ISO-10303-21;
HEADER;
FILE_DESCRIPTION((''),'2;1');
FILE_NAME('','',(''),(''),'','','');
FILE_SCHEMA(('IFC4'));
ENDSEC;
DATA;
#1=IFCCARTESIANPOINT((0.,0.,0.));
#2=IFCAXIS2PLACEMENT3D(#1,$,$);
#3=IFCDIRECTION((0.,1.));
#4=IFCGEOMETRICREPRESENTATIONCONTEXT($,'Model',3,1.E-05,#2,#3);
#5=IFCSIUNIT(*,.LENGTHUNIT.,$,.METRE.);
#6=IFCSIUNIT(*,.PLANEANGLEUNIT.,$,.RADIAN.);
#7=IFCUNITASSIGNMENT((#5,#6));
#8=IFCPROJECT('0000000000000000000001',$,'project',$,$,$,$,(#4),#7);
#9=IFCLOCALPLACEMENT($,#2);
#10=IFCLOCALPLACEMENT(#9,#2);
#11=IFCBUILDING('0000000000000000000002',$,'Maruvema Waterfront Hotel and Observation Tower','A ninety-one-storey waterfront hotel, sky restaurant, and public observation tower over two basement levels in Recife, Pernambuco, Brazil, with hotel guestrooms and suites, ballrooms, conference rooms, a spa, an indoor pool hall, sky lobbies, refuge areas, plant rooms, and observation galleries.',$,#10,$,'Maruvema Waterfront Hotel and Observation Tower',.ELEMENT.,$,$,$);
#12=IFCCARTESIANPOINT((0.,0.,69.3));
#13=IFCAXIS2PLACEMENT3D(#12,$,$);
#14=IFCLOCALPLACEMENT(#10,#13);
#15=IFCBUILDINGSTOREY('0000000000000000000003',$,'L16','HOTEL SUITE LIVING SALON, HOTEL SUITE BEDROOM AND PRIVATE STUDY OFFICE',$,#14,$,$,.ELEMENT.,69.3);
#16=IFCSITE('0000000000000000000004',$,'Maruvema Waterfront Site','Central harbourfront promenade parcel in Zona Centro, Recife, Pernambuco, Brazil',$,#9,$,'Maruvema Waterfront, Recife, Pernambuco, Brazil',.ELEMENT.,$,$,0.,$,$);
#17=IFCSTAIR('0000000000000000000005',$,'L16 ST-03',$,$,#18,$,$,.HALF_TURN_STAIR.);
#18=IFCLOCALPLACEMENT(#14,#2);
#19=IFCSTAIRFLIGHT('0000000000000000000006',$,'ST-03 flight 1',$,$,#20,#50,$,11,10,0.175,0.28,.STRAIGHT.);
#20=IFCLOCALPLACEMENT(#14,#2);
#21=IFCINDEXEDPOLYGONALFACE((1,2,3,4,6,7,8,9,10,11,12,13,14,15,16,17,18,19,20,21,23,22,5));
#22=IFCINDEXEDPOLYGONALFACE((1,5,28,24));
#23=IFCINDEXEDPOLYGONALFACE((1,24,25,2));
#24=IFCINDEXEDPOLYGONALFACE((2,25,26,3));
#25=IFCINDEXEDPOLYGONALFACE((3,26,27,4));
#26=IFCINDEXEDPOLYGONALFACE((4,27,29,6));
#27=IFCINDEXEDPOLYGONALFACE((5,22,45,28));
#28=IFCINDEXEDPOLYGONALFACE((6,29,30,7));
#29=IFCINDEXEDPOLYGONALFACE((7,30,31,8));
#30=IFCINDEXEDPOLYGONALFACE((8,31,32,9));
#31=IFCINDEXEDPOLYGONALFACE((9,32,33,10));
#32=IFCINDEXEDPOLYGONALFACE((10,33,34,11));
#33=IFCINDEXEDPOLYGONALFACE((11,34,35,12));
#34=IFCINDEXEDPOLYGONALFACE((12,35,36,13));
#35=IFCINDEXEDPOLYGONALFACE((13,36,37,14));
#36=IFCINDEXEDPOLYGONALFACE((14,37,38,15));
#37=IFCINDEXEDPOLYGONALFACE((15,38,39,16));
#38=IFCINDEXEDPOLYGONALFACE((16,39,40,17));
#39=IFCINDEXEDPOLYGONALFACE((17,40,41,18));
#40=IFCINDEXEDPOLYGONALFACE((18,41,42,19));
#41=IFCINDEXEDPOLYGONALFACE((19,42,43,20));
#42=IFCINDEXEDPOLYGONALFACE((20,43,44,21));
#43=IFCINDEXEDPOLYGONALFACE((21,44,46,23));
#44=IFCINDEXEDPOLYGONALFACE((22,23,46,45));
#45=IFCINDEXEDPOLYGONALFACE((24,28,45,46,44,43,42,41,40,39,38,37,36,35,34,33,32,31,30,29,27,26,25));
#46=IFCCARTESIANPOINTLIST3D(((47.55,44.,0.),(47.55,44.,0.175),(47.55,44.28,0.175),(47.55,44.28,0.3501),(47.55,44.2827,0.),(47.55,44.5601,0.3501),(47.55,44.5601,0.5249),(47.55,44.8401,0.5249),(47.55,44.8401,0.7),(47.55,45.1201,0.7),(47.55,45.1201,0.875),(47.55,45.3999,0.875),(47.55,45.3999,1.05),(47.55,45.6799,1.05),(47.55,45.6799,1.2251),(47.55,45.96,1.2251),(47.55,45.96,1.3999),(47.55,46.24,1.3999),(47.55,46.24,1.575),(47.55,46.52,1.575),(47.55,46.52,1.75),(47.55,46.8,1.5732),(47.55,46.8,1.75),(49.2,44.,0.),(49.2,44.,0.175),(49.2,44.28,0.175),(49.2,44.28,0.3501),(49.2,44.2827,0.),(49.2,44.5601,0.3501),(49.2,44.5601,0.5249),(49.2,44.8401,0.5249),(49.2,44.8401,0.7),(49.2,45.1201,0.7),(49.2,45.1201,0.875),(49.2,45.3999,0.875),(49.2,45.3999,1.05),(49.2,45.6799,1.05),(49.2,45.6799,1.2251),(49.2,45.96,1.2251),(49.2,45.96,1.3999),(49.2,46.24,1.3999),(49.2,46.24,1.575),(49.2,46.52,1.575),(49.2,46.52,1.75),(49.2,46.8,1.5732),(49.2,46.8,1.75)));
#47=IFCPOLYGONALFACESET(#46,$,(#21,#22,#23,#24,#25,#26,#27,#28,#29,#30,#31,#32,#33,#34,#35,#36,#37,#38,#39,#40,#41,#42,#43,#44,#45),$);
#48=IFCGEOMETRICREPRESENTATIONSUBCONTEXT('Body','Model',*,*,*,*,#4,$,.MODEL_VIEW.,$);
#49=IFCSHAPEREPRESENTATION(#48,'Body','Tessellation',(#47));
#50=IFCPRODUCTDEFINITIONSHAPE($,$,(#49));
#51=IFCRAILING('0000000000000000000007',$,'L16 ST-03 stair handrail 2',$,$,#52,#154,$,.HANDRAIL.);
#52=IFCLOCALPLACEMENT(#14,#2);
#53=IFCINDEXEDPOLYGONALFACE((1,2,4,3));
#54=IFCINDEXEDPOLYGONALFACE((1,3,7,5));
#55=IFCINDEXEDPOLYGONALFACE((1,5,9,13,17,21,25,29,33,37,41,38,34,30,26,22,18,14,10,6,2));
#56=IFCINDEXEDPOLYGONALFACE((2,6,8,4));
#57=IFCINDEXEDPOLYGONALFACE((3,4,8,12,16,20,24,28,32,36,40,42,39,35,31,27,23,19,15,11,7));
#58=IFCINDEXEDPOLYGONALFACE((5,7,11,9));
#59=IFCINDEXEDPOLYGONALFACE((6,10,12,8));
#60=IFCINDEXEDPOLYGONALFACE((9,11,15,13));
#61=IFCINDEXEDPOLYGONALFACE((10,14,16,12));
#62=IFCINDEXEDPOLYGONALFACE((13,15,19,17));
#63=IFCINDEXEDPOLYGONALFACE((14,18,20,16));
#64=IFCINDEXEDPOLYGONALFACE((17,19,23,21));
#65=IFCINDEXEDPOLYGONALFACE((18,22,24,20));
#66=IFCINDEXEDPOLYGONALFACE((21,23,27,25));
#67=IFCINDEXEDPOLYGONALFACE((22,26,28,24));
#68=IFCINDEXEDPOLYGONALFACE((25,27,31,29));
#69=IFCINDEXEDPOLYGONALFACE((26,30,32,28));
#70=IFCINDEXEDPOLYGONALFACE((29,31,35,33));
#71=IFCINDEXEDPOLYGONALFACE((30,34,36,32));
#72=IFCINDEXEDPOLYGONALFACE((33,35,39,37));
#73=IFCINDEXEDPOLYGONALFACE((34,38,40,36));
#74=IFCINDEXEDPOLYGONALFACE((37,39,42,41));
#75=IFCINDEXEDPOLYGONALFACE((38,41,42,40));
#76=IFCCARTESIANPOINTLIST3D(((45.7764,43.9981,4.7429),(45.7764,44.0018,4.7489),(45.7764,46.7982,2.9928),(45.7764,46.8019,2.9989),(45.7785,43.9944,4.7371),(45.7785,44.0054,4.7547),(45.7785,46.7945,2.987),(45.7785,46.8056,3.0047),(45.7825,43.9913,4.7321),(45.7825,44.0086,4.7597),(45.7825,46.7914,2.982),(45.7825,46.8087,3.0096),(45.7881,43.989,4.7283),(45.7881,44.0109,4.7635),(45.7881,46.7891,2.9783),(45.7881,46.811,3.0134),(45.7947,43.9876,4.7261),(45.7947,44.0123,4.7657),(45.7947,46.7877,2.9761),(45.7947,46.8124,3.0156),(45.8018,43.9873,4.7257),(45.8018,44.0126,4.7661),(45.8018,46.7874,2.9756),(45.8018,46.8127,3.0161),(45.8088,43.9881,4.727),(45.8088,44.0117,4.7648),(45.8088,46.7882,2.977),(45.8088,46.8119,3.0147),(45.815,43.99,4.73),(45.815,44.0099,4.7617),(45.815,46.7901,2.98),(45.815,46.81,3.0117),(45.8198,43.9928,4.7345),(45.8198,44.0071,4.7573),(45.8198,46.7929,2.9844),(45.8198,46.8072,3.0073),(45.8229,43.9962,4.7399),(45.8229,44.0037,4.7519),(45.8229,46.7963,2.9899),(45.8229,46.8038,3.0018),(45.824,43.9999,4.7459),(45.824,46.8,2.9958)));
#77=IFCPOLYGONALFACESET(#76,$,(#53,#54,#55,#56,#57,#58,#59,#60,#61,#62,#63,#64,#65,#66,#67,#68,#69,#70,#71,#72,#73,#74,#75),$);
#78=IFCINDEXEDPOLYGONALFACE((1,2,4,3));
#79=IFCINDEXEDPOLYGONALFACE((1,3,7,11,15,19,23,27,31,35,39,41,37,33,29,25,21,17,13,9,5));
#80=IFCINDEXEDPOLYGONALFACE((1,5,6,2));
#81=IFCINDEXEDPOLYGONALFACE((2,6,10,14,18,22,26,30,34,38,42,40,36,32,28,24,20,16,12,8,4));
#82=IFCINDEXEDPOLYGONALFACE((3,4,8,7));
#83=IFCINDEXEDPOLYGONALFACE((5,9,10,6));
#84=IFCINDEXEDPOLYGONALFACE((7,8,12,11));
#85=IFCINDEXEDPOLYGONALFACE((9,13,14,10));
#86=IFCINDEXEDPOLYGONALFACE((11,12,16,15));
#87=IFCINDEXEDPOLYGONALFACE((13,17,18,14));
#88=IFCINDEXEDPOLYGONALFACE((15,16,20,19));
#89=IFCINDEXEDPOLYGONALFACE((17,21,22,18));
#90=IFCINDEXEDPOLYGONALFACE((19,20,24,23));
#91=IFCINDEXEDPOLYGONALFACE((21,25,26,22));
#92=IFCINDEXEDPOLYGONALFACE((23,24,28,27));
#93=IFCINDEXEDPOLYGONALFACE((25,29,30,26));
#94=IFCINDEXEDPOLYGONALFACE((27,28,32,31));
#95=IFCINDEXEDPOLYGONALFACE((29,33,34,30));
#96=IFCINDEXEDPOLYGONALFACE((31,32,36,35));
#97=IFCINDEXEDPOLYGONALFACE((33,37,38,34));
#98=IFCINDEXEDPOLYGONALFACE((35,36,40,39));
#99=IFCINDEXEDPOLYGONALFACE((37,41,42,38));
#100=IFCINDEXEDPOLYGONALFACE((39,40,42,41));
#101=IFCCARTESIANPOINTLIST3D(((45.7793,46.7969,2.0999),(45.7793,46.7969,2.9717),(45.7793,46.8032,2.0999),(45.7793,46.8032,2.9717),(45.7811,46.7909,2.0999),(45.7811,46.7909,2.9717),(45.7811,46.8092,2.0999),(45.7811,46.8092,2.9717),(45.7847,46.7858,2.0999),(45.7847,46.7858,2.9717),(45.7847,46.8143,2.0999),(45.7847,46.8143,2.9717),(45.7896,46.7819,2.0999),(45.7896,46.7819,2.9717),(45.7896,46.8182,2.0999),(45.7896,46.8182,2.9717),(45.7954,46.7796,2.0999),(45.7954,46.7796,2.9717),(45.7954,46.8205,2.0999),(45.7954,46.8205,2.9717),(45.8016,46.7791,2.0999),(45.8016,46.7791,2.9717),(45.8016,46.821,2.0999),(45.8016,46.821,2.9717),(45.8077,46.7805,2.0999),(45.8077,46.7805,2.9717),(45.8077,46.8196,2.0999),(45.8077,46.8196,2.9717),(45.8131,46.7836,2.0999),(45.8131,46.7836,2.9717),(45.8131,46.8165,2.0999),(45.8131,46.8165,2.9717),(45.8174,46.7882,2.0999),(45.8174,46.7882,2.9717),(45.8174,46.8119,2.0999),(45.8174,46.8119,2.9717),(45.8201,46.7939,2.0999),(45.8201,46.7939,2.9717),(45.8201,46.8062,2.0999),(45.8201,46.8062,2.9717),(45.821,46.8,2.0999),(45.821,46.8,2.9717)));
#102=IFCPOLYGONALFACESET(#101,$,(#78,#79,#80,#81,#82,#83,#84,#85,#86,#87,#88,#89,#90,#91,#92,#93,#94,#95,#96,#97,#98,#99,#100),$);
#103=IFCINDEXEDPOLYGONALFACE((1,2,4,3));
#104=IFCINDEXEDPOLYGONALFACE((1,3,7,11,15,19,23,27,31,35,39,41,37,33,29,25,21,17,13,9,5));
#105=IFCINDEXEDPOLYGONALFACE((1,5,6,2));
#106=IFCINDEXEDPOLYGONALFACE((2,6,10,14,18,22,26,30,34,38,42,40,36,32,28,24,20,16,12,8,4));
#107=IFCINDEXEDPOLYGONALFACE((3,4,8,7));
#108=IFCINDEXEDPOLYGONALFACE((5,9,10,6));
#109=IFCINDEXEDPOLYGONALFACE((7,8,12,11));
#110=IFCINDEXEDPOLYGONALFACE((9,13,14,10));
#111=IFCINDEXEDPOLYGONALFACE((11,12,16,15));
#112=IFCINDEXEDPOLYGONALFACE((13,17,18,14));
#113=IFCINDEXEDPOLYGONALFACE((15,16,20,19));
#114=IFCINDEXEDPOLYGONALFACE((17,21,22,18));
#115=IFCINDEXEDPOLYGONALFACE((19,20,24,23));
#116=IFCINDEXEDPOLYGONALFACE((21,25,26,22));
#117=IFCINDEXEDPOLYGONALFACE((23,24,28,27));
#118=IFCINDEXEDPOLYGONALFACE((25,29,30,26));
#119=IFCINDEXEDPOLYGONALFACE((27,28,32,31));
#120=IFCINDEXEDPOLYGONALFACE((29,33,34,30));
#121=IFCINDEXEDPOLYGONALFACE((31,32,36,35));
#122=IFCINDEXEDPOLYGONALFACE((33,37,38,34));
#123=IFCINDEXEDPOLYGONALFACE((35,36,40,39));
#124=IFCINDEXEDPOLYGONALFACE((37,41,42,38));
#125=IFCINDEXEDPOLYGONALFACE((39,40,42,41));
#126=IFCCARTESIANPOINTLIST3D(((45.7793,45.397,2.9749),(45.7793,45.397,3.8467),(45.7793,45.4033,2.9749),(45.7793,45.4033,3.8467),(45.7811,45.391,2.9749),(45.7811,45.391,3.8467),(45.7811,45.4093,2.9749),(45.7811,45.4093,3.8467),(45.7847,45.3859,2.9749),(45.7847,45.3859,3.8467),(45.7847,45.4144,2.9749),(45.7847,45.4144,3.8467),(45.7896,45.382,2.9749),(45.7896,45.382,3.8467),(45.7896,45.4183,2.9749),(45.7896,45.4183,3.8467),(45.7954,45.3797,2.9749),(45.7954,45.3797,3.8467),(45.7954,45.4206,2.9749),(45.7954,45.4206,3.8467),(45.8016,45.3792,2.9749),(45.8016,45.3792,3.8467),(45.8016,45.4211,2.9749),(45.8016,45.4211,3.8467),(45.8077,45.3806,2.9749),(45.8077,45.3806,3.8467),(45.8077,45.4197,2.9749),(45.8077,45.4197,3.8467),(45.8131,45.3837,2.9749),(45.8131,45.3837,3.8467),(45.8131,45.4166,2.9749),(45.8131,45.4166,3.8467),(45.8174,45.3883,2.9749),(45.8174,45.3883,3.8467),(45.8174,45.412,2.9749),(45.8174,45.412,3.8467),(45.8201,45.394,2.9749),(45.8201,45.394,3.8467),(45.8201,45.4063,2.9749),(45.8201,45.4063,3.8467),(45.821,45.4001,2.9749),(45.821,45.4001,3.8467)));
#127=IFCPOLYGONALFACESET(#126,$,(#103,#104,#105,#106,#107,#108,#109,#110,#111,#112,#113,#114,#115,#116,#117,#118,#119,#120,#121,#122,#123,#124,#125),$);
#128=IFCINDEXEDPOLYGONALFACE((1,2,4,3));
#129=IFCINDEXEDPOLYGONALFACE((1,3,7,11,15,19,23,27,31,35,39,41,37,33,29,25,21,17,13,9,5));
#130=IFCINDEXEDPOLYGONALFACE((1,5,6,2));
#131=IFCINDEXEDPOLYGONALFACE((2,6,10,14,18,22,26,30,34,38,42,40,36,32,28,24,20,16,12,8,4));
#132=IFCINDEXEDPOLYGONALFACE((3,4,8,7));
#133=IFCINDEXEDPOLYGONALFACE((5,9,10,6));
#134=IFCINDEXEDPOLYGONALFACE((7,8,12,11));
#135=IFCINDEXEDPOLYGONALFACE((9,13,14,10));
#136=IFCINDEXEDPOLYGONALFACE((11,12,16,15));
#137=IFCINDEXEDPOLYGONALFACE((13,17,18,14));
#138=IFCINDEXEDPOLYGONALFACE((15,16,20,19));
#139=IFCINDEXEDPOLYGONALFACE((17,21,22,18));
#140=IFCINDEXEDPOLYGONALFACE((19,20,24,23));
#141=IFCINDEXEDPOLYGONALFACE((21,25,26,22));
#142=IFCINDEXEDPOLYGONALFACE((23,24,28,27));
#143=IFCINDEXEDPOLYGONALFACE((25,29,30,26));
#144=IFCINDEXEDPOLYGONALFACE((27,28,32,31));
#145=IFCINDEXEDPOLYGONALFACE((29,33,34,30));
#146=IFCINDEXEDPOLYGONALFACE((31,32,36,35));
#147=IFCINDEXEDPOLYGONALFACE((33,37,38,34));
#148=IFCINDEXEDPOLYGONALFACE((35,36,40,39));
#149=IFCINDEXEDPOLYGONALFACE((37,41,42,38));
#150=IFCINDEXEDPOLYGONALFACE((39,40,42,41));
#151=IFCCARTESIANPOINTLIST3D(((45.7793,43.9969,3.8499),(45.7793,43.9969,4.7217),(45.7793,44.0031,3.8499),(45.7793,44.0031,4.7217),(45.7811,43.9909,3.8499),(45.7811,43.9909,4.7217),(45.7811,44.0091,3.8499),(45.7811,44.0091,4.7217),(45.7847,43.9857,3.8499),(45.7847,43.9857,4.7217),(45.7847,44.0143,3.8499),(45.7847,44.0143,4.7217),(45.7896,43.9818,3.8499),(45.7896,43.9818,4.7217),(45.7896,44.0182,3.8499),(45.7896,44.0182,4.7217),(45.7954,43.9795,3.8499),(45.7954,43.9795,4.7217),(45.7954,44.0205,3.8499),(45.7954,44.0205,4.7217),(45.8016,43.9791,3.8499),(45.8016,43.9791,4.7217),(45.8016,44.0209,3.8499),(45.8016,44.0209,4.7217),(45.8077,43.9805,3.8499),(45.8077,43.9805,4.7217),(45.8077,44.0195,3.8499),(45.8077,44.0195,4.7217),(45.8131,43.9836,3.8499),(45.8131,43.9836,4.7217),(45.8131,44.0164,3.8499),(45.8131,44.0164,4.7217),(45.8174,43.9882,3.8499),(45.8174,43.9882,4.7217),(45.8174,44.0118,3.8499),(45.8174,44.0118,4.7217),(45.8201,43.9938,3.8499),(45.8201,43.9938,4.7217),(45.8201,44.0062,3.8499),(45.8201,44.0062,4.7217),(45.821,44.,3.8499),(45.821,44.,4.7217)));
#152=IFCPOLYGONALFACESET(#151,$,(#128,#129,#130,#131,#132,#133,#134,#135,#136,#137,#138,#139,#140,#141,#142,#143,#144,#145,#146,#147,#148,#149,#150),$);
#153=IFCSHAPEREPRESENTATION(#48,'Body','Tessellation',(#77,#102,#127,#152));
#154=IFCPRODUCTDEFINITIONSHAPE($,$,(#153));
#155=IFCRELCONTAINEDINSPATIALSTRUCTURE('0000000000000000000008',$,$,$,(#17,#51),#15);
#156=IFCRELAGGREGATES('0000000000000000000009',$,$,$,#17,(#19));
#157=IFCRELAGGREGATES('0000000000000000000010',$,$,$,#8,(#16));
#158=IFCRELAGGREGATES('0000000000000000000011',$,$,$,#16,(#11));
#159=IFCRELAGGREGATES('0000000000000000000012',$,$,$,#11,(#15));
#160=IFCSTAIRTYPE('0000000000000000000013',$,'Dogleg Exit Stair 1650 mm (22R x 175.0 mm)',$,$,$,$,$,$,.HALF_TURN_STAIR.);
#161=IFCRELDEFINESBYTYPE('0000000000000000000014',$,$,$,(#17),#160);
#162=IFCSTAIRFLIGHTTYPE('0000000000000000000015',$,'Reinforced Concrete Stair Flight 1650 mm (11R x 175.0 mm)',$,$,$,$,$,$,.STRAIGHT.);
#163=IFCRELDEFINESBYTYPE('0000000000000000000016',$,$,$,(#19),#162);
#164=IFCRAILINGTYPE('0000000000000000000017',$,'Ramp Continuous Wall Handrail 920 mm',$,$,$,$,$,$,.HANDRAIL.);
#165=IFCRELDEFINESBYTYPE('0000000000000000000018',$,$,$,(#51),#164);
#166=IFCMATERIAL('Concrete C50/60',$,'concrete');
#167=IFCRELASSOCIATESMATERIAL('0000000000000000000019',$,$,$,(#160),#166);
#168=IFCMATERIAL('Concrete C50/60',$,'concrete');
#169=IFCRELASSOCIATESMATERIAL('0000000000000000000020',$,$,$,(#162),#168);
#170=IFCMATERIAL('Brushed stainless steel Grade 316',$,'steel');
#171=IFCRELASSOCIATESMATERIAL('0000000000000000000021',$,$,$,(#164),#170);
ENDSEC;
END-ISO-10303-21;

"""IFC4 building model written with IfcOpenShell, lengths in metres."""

from ifc_helpers import new_model, si_unit, direction, frame, origin, origin_2d, place, context, subcontext, project, spatial, polyline, circle, outline, extrude, material, type_object, element, aggregate, save


model = new_model("IFC4")

# Units and contexts
model_context = context("Model", 3, precision=1e-05, world=origin(), true_north=direction((0.0, 1.0)))
body_context = subcontext(model_context, "Body", "Model", "MODEL_VIEW")
ifc_project = project(units=[si_unit("LENGTHUNIT", "METRE"), si_unit("PLANEANGLEUNIT", "RADIAN")], contexts=[model_context])

# Site, building, storey
site_placement = place(None, origin())
site = spatial("IfcSite", under=ifc_project, at=site_placement, Name="Maruvema Waterfront Site", Description="Central harbourfront promenade parcel in Zona Centro, Recife, Pernambuco, Brazil", LongName="Maruvema Waterfront, Recife, Pernambuco, Brazil", CompositionType="ELEMENT", RefElevation=0.0)
building_placement = place(site_placement, origin())
building = spatial("IfcBuilding", under=site, at=building_placement, Name="Maruvema Waterfront Hotel and Observation Tower", Description="A ninety-one-storey waterfront hotel, sky restaurant, and public observation tower over two basement levels in Recife, Pernambuco, Brazil, with hotel guestrooms and suites, ballrooms, conference rooms, a spa, an indoor pool hall, sky lobbies, refuge areas, plant rooms, and observation galleries.", LongName="Maruvema Waterfront Hotel and Observation Tower", CompositionType="ELEMENT")
storey_placement = place(building_placement, frame((0.0, 0.0, 69.3)))
storey = spatial("IfcBuildingStorey", under=building, at=storey_placement, Name="L16", Description="HOTEL SUITE LIVING SALON, HOTEL SUITE BEDROOM AND PRIVATE STUDY OFFICE", CompositionType="ELEMENT", Elevation=69.3)

# Stair, stair flight
ifc_material_1 = material(Name="Concrete C50/60", Category="concrete")
stair_type = type_object("IfcStairType", Name="Dogleg Exit Stair 1650 mm (22R x 175.0 mm)", PredefinedType="HALF_TURN_STAIR", material=ifc_material_1)
stair_placement = place(storey_placement, origin())
stair = element("IfcStair", 1, at=stair_placement, inside=storey, type_object=stair_type, Name="L16 ST-03", PredefinedType="HALF_TURN_STAIR")
ifc_material_2 = material(Name="Concrete C50/60", Category="concrete")
stair_flight_type = type_object("IfcStairFlightType", Name="Reinforced Concrete Stair Flight 1650 mm (11R x 175.0 mm)", PredefinedType="STRAIGHT", material=ifc_material_2)
stair_flight_placement = place(storey_placement, frame((48.375, 44.0, 0.0), z_axis=(0.0, 0.0, 1.0), x_axis=(0.0, 1.0, 0.0)))
stair_flight = element("IfcStairFlight", 2, at=stair_flight_placement, type_object=stair_flight_type, Name="ST-03 flight 1", NumberOfRisers=11, NumberOfTreads=10, PredefinedType="STRAIGHT", RiserHeight=0.175, TreadLength=0.28, context=body_context, shape_type="SweptSolid", body=[
    extrude(outline(polyline([(0.0, 0.0), (0.0, 0.175), (0.28, 0.175), (0.28, 0.3501), (0.5601, 0.3501), (0.5601, 0.5249), (0.8401, 0.5249), (0.8401, 0.7), (1.1201, 0.7), (1.1201, 0.875), (1.3999, 0.875), (1.3999, 1.05), (1.6799, 1.05), (1.6799, 1.2251), (1.96, 1.2251), (1.96, 1.3999), (2.24, 1.3999), (2.24, 1.575), (2.52, 1.575), (2.52, 1.75), (2.8, 1.75), (2.8, 1.925), (2.8, 1.5732), (0.2827, 0.0), (0.0, 0.0)])), frame((0.0, 0.825, 0.0), z_axis=(0.0, -1.0, 0.0), x_axis=(1.0, 0.0, 0.0)), (0.0, 0.0, 1.0), 1.6499),
])
aggregate(stair, [stair_flight])

# Railing
ifc_material_3 = material(Name="Brushed stainless steel Grade 316", Category="steel")
railing_type_1 = type_object("IfcRailingType", Name="Ramp Continuous Wall Handrail 920 mm", PredefinedType="HANDRAIL", material=ifc_material_3)
railing_1_placement = place(storey_placement, frame((45.8, 46.8, 2.0999)))
element("IfcRailing", 3, at=railing_1_placement, inside=storey, type_object=railing_type_1, Name="L16 ST-03 stair handrail 2", PredefinedType="HANDRAIL", context=body_context, shape_type="SweptSolid", body=[
    extrude(circle(Radius=0.0239, at=origin_2d()), frame((0.0, 0.0, 0.896), z_axis=(0.0, -0.848002, 0.529992), x_axis=(1.0, 0.0, 0.0)), (0.0, 0.0, 1.0), 3.302),
    extrude(circle(Radius=0.021, at=origin_2d()), origin(), (0.0, 0.0, 1.0), 0.8718),
    extrude(circle(Radius=0.021, at=origin_2d()), frame((0.0, -1.3999, 0.875)), (0.0, 0.0, 1.0), 0.8718),
    extrude(circle(Radius=0.021, at=origin_2d()), frame((0.0, -2.8, 1.75)), (0.0, 0.0, 1.0), 0.8718),
])

save(model, "model.ifc")
